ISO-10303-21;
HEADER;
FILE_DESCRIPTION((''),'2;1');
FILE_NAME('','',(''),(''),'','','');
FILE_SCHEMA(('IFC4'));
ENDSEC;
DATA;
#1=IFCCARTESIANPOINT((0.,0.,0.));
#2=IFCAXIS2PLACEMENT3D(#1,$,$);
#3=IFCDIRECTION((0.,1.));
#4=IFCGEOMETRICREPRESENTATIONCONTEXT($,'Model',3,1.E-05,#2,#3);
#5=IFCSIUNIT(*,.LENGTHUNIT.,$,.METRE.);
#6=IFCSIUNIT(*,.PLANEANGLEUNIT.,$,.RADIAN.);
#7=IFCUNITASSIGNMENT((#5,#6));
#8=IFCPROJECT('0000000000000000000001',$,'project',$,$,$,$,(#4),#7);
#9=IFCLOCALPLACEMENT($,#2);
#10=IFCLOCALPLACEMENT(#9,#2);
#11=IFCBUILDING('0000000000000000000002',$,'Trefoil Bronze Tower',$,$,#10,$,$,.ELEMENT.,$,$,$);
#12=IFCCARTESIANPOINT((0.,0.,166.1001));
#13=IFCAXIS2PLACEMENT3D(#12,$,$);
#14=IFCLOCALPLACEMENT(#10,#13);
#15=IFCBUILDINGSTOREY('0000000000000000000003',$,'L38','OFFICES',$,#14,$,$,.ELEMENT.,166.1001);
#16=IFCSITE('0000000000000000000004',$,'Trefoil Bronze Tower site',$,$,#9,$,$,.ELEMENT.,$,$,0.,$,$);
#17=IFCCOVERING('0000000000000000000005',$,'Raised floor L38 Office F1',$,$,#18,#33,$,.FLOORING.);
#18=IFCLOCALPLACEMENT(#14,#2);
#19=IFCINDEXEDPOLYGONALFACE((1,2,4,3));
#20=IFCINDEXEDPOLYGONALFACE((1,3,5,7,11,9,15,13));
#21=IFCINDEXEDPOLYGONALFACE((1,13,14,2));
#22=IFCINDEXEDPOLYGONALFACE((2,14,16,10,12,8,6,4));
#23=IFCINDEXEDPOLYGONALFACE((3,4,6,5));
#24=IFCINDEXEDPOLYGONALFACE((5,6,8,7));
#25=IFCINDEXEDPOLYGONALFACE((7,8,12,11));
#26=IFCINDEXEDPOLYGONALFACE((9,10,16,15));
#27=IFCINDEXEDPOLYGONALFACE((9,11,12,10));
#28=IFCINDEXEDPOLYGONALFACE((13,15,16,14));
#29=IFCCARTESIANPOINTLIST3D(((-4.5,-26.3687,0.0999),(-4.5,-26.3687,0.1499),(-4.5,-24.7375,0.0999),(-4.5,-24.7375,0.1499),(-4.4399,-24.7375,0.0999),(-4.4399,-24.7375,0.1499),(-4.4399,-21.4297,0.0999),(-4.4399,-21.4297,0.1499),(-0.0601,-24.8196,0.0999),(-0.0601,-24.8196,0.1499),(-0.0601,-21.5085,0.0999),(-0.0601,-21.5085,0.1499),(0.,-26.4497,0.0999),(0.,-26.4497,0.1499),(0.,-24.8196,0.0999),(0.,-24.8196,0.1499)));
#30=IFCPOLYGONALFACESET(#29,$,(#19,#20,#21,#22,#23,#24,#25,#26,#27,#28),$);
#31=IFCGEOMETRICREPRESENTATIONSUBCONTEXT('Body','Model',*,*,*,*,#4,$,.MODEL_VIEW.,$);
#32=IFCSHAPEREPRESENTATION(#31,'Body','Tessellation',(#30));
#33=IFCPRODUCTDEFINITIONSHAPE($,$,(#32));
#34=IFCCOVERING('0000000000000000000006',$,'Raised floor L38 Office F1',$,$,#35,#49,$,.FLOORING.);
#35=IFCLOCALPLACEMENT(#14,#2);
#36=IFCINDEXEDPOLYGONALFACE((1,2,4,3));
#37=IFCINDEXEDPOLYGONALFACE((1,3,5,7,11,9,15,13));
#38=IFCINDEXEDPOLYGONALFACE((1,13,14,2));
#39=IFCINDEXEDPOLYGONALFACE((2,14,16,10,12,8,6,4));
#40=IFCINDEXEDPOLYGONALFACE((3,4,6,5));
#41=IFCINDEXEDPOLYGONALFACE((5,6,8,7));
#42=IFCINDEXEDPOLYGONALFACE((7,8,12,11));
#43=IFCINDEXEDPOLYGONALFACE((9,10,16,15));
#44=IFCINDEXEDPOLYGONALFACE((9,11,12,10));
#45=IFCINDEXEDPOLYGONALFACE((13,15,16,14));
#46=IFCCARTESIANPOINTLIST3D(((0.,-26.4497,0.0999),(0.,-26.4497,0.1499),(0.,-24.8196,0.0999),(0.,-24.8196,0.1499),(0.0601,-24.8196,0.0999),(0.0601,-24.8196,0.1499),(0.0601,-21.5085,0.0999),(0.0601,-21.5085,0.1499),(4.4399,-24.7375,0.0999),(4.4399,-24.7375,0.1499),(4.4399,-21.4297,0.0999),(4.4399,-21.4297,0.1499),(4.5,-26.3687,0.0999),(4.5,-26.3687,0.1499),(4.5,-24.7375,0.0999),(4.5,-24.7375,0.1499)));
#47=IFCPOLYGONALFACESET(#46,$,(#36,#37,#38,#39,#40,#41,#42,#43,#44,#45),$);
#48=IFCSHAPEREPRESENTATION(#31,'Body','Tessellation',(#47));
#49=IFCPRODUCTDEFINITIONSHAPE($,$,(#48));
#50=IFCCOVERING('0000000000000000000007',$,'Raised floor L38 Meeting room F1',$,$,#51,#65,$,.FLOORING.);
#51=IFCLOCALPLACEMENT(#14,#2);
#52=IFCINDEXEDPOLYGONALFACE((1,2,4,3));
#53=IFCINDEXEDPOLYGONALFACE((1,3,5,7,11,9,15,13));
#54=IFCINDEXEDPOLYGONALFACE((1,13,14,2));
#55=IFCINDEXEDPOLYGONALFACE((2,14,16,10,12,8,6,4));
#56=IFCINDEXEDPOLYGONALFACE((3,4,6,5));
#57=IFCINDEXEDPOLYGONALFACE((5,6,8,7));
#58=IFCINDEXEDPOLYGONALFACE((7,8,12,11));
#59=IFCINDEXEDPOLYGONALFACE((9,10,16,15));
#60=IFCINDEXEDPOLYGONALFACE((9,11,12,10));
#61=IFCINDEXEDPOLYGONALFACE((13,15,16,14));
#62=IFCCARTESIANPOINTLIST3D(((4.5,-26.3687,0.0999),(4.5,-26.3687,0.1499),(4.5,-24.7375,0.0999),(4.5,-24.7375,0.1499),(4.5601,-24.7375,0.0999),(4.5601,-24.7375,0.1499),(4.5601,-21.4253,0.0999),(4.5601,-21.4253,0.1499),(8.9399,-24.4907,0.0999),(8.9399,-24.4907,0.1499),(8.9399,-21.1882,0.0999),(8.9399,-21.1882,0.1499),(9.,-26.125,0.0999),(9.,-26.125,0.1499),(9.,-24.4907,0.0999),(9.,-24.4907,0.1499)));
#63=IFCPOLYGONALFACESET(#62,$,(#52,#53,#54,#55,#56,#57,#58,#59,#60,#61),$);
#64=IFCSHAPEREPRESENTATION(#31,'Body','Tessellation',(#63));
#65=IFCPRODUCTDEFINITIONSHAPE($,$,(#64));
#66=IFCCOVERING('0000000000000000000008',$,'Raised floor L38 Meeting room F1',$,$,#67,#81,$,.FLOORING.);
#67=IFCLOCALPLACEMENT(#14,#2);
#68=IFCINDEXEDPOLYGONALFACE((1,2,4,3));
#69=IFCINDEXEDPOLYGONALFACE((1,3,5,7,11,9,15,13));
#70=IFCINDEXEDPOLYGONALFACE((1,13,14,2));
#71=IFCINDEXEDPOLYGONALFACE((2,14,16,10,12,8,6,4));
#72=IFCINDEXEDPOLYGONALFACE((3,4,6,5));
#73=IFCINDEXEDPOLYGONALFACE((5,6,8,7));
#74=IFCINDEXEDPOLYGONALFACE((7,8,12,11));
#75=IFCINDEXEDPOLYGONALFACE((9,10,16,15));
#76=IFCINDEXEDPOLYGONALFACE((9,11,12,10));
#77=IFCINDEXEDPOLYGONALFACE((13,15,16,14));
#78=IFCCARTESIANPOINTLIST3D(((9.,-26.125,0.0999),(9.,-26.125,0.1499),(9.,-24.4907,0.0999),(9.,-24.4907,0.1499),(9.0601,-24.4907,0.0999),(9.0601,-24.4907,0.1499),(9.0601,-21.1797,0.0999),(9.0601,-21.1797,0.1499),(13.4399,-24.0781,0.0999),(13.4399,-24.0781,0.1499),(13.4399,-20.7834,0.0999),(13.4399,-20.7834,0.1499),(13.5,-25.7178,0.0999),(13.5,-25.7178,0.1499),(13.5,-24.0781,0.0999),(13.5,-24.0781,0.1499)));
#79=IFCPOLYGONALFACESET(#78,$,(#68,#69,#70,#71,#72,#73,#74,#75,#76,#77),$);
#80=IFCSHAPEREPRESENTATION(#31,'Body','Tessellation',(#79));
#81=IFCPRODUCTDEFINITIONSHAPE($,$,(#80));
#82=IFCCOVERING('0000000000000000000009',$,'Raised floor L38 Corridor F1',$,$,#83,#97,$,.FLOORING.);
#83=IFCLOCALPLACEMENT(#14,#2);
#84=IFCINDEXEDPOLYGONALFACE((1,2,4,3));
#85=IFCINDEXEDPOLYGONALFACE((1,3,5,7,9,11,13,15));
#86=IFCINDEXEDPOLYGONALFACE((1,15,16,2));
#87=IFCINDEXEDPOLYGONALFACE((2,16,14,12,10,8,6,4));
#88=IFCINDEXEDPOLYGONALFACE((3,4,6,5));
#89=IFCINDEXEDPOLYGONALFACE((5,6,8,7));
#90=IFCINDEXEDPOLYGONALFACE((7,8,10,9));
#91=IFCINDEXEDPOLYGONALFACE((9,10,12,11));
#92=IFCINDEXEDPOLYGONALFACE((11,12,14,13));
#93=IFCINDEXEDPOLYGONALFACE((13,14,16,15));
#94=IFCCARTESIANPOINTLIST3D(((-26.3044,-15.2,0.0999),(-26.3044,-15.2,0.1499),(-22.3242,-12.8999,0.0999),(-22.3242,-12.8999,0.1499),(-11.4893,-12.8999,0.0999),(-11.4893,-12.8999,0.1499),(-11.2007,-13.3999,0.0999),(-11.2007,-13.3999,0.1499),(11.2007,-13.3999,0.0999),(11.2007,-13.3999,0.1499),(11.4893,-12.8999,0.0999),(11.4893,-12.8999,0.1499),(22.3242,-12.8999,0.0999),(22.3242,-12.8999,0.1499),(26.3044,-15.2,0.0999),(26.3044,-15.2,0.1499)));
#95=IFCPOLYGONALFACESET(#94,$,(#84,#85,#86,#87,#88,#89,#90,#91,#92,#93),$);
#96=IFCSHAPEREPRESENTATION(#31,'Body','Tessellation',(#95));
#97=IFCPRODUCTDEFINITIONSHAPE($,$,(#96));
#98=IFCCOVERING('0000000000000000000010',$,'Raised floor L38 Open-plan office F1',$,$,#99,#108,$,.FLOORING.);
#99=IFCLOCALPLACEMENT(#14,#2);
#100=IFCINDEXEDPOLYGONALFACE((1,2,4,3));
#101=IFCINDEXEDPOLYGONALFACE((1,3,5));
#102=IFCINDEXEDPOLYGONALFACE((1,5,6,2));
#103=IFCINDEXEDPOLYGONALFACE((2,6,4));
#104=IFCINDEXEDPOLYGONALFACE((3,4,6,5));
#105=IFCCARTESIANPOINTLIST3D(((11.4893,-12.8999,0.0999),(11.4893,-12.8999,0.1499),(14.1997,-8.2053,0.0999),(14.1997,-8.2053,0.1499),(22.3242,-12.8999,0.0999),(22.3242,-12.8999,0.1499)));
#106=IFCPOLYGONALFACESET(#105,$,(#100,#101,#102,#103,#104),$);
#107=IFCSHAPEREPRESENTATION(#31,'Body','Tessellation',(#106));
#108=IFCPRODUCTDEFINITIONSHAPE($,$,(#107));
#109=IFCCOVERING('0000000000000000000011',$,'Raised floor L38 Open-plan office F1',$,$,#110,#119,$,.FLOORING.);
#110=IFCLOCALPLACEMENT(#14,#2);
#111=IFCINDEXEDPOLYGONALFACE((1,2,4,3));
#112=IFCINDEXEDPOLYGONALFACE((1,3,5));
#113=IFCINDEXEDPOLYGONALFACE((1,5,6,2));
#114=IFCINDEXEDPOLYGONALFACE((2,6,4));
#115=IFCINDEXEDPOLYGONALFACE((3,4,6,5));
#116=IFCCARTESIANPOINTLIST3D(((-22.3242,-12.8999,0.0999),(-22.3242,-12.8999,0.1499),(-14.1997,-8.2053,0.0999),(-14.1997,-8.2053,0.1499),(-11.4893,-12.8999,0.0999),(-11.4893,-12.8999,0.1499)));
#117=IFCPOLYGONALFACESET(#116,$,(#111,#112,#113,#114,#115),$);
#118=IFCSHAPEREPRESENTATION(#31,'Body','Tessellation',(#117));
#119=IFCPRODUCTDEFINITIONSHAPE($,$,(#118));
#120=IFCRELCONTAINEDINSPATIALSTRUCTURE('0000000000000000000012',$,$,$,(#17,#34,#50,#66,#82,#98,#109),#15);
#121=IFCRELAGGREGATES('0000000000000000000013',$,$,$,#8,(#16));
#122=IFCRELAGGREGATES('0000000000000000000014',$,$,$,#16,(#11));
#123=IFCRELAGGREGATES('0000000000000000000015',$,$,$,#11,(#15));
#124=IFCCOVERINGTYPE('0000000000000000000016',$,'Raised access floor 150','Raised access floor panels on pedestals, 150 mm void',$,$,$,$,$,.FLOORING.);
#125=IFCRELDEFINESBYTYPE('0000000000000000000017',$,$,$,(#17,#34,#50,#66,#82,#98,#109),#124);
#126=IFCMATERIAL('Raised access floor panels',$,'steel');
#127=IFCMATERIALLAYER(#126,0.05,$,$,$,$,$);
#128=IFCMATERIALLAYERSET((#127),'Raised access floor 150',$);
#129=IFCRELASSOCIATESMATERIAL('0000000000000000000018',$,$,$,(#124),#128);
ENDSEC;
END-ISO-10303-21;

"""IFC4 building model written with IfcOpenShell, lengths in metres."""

from ifc_helpers import new_model, si_unit, direction, frame, origin, place, context, subcontext, project, spatial, polyline, outline, extrude, material, layer, layer_set, type_object, element, save


model = new_model("IFC4")

# Units and contexts
model_context = context("Model", 3, precision=1e-05, world=origin(), true_north=direction((0.0, 1.0)))
body_context = subcontext(model_context, "Body", "Model", "MODEL_VIEW")
ifc_project = project(units=[si_unit("LENGTHUNIT", "METRE"), si_unit("PLANEANGLEUNIT", "RADIAN")], contexts=[model_context])

# Site, building, storey
site_placement = place(None, origin())
site = spatial("IfcSite", under=ifc_project, at=site_placement, Name="Trefoil Bronze Tower site", CompositionType="ELEMENT", RefElevation=0.0)
building_placement = place(site_placement, origin())
building = spatial("IfcBuilding", under=site, at=building_placement, Name="Trefoil Bronze Tower", CompositionType="ELEMENT")
storey_placement = place(building_placement, frame((0.0, 0.0, 166.1001)))
storey = spatial("IfcBuildingStorey", under=building, at=storey_placement, Name="L38", Description="OFFICES", CompositionType="ELEMENT", Elevation=166.1001)

# Coverings
ifc_material_1 = material(Name="Raised access floor panels", Category="steel")
ifc_layer_1 = layer(ifc_material_1, 0.05)
ifc_layer_set_1 = layer_set([ifc_layer_1], Name="Raised access floor 150")
covering_type_1 = type_object("IfcCoveringType", Name="Raised access floor 150", Description="Raised access floor panels on pedestals, 150 mm void", PredefinedType="FLOORING", material=ifc_layer_set_1)
covering_1_placement = place(storey_placement, frame((0.0, 0.0, 0.0999)))
element("IfcCovering", 1, at=covering_1_placement, inside=storey, type_object=covering_type_1, Name="Raised floor L38 Office F1", PredefinedType="FLOORING", context=body_context, shape_type="SweptSolid", body=[
    extrude(outline(polyline([(0.0, -26.4497), (-4.5, -26.3687), (-4.5, -24.7375), (-4.4399, -24.7375), (-4.4399, -21.4297), (-0.0601, -21.5085), (-0.0601, -24.8196), (0.0, -24.8196), (0.0, -26.4497)])), origin(), (0.0, 0.0, 1.0), 0.05),
])
covering_2_placement = place(storey_placement, frame((0.0, 0.0, 0.0999)))
element("IfcCovering", 2, at=covering_2_placement, inside=storey, type_object=covering_type_1, Name="Raised floor L38 Office F1", PredefinedType="FLOORING", context=body_context, shape_type="SweptSolid", body=[
    extrude(outline(polyline([(4.5, -26.3687), (0.0, -26.4497), (0.0, -24.8196), (0.0601, -24.8196), (0.0601, -21.5085), (4.4399, -21.4297), (4.4399, -24.7375), (4.5, -24.7375), (4.5, -26.3687)])), origin(), (0.0, 0.0, 1.0), 0.05),
])
covering_3_placement = place(storey_placement, frame((0.0, 0.0, 0.0999)))
element("IfcCovering", 3, at=covering_3_placement, inside=storey, type_object=covering_type_1, Name="Raised floor L38 Meeting room F1", PredefinedType="FLOORING", context=body_context, shape_type="SweptSolid", body=[
    extrude(outline(polyline([(9.0, -26.125), (4.5, -26.3687), (4.5, -24.7375), (4.5601, -24.7375), (4.5601, -21.4253), (8.9399, -21.1882), (8.9399, -24.4907), (9.0, -24.4907), (9.0, -26.125)])), origin(), (0.0, 0.0, 1.0), 0.05),
])
covering_4_placement = place(storey_placement, frame((0.0, 0.0, 0.0999)))
element("IfcCovering", 4, at=covering_4_placement, inside=storey, type_object=covering_type_1, Name="Raised floor L38 Meeting room F1", PredefinedType="FLOORING", context=body_context, shape_type="SweptSolid", body=[
    extrude(outline(polyline([(13.5, -25.7178), (9.0, -26.125), (9.0, -24.4907), (9.0601, -24.4907), (9.0601, -21.1797), (13.4399, -20.7834), (13.4399, -24.0781), (13.5, -24.0781), (13.5, -25.7178)])), origin(), (0.0, 0.0, 1.0), 0.05),
])
covering_5_placement = place(storey_placement, frame((0.0, 0.0, 0.0999)))
element("IfcCovering", 5, at=covering_5_placement, inside=storey, type_object=covering_type_1, Name="Raised floor L38 Corridor F1", PredefinedType="FLOORING", context=body_context, shape_type="SweptSolid", body=[
    extrude(outline(polyline([(-26.3044, -15.2), (-22.3242, -12.8999), (-11.4893, -12.8999), (-11.2007, -13.3999), (11.2007, -13.3999), (11.4893, -12.8999), (22.3242, -12.8999), (26.3044, -15.2), (-26.3044, -15.2)])), origin(), (0.0, 0.0, 1.0), 0.05),
])
covering_6_placement = place(storey_placement, frame((0.0, 0.0, 0.0999)))
element("IfcCovering", 6, at=covering_6_placement, inside=storey, type_object=covering_type_1, Name="Raised floor L38 Open-plan office F1", PredefinedType="FLOORING", context=body_context, shape_type="SweptSolid", body=[
    extrude(outline(polyline([(14.1997, -8.2053), (22.3242, -12.8999), (11.4893, -12.8999), (14.1997, -8.2053)])), origin(), (0.0, 0.0, 1.0), 0.05),
])
covering_7_placement = place(storey_placement, frame((0.0, 0.0, 0.0999)))
element("IfcCovering", 7, at=covering_7_placement, inside=storey, type_object=covering_type_1, Name="Raised floor L38 Open-plan office F1", PredefinedType="FLOORING", context=body_context, shape_type="SweptSolid", body=[
    extrude(outline(polyline([(-22.3242, -12.8999), (-14.1997, -8.2053), (-11.4893, -12.8999), (-22.3242, -12.8999)])), origin(), (0.0, 0.0, 1.0), 0.05),
])

save(model, "model.ifc")
